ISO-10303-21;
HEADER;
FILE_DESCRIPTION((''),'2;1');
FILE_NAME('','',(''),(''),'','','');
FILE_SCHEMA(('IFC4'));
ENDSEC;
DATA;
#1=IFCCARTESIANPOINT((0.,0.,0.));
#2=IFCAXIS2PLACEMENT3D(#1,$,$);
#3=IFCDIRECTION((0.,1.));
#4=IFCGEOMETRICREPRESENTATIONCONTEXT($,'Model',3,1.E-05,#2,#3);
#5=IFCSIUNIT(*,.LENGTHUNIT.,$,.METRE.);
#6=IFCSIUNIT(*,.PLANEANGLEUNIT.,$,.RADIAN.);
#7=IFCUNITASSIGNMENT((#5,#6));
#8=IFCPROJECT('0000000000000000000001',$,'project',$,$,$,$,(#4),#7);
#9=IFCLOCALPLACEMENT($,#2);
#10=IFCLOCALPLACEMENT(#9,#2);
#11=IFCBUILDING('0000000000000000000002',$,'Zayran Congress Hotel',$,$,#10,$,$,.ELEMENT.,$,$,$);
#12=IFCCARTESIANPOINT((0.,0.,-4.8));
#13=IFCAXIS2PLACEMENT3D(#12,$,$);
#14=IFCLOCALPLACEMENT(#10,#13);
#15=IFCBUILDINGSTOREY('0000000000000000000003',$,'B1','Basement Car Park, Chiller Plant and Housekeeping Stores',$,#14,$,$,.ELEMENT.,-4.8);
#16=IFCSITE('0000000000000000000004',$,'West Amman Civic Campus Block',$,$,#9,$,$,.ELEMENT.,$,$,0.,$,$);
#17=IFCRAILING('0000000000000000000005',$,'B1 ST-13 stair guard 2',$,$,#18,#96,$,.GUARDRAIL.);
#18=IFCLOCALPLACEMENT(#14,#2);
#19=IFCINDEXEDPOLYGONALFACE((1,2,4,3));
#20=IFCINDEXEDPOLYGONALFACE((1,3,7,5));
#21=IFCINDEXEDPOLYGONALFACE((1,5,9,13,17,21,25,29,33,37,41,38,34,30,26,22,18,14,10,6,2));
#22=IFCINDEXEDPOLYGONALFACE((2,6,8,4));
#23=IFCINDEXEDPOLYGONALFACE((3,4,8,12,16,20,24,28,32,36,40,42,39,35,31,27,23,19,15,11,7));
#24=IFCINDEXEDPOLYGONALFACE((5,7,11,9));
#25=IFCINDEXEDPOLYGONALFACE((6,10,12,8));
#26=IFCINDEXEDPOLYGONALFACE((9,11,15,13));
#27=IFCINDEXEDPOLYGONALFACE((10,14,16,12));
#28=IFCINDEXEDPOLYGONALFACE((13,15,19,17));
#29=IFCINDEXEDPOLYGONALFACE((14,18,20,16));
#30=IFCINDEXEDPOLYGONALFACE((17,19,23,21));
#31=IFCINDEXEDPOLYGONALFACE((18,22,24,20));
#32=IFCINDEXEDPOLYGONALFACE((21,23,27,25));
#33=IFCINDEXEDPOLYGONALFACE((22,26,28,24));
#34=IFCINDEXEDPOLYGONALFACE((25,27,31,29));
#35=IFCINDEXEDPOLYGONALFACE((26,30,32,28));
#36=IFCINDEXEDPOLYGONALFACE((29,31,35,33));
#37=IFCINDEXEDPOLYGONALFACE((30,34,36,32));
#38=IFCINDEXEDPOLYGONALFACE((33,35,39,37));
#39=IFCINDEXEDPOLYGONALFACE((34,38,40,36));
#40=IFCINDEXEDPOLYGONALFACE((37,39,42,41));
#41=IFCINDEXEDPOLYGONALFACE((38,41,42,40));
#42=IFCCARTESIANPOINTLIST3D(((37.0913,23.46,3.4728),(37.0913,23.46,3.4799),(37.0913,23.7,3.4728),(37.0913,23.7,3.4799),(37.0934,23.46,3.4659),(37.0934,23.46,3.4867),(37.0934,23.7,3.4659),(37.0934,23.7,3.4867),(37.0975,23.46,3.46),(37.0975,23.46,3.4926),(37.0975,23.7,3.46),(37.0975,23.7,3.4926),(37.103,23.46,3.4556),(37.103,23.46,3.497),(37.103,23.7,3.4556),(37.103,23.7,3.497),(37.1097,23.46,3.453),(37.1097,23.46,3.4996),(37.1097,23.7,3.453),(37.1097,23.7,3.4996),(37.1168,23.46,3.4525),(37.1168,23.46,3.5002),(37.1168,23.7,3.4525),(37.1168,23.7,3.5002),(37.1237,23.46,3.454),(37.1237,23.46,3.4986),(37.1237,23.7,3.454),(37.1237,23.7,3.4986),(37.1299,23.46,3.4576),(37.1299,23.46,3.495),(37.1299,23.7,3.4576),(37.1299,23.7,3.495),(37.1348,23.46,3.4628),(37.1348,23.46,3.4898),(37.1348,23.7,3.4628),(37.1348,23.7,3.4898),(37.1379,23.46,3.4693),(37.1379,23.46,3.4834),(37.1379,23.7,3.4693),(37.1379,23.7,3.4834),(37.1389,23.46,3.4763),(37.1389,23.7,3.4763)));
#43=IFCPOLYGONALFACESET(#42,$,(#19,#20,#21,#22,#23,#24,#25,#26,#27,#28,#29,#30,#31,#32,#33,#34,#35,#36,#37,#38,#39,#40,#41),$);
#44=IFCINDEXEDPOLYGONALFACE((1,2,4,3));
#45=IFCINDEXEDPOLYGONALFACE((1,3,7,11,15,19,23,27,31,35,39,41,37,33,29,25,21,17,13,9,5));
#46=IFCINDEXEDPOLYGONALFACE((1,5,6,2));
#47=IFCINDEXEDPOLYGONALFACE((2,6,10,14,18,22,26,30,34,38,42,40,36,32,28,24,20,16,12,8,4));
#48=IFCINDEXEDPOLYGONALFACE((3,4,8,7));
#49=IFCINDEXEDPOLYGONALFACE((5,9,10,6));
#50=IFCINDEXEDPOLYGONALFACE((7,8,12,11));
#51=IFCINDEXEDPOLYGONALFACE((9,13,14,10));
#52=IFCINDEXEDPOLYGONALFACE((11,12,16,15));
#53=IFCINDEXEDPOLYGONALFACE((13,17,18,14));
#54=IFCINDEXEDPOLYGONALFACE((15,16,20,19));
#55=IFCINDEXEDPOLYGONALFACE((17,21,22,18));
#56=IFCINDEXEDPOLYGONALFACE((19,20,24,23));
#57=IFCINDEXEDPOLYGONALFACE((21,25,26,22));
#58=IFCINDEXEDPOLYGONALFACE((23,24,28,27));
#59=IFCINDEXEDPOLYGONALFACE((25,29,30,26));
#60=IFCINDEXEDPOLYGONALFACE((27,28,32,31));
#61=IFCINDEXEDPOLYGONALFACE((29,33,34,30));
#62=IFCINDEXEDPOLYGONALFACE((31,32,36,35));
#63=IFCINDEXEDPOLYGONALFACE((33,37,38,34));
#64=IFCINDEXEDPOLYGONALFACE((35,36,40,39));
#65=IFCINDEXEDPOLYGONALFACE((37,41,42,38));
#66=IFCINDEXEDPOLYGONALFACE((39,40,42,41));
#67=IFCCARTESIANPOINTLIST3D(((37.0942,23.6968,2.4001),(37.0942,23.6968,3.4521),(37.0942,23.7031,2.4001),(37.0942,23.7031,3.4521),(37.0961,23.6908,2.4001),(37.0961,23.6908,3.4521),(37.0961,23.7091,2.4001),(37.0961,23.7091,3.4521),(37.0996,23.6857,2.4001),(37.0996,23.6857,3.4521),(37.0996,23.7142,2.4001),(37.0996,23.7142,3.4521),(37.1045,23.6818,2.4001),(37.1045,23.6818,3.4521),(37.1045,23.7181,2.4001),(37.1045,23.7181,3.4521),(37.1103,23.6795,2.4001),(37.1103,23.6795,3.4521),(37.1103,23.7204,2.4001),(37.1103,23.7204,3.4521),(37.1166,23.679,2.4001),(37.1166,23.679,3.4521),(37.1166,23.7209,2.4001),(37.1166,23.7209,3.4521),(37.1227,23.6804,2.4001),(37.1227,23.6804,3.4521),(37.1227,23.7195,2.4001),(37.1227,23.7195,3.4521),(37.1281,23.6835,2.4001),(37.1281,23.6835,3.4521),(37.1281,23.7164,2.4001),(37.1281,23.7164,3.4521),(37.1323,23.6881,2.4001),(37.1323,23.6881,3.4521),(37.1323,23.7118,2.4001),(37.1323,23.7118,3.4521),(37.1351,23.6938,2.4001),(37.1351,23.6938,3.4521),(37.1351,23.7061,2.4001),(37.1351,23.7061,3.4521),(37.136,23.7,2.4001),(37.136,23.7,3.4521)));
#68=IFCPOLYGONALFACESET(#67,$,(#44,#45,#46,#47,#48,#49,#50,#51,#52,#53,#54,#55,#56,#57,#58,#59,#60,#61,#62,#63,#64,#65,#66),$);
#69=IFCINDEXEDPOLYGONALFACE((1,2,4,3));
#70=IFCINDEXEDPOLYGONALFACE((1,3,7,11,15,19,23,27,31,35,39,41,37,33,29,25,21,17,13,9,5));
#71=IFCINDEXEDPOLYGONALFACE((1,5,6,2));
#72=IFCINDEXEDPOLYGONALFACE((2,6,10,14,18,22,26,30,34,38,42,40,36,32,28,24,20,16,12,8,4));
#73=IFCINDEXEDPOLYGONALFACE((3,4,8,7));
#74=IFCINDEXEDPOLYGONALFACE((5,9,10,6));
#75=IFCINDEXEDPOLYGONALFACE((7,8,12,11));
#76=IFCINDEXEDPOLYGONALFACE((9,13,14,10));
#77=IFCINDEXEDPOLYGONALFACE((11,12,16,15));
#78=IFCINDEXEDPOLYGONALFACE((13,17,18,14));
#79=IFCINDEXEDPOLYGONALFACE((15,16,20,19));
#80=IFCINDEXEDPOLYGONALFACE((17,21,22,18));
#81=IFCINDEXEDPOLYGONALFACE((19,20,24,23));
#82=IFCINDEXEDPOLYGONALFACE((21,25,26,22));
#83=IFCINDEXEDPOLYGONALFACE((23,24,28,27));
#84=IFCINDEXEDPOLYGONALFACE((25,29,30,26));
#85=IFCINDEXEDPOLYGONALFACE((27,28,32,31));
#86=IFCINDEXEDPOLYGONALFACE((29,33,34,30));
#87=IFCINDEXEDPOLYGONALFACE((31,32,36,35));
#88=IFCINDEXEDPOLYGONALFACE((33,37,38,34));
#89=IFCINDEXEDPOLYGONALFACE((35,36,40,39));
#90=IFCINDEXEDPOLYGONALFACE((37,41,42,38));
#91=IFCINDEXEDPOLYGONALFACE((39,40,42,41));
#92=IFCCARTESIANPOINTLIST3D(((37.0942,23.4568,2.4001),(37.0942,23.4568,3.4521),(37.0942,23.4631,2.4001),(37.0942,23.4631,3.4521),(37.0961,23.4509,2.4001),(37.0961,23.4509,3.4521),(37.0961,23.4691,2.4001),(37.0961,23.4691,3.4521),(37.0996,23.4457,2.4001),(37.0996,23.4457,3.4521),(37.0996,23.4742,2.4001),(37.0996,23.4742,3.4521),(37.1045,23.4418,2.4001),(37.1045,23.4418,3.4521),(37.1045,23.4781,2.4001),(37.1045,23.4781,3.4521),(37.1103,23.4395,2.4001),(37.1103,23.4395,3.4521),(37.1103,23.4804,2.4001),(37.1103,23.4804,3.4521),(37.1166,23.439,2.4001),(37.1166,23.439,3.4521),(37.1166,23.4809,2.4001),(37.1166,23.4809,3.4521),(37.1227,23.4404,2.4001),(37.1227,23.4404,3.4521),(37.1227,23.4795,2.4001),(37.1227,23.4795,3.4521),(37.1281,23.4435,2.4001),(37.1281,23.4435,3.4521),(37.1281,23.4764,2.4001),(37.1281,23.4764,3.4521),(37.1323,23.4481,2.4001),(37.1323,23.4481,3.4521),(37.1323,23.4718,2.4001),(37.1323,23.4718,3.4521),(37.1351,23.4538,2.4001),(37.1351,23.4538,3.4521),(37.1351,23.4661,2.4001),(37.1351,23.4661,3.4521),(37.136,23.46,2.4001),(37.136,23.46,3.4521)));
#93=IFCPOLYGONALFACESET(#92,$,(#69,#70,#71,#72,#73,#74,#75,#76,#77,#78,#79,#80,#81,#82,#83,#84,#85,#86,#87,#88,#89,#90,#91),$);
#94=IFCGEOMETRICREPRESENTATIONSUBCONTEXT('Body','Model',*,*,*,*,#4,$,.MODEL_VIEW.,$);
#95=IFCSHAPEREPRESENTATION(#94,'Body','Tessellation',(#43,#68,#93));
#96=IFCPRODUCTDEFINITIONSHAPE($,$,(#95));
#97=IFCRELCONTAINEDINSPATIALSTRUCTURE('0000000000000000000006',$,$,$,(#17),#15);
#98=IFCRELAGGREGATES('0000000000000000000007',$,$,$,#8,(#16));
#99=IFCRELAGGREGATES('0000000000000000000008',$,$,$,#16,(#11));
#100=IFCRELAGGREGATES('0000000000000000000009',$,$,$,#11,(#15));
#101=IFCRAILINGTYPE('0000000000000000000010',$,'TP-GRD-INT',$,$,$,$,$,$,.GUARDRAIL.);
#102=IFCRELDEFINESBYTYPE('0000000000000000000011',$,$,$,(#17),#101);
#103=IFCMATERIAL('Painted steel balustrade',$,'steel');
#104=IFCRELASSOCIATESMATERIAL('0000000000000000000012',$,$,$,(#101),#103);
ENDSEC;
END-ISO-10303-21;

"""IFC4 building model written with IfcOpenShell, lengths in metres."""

from ifc_helpers import new_model, si_unit, direction, frame, origin, origin_2d, place, context, subcontext, project, spatial, circle, extrude, material, type_object, element, save


model = new_model("IFC4")

# Units and contexts
model_context = context("Model", 3, precision=1e-05, world=origin(), true_north=direction((0.0, 1.0)))
body_context = subcontext(model_context, "Body", "Model", "MODEL_VIEW")
ifc_project = project(units=[si_unit("LENGTHUNIT", "METRE"), si_unit("PLANEANGLEUNIT", "RADIAN")], contexts=[model_context])

# Site, building, storey
site_placement = place(None, origin())
site = spatial("IfcSite", under=ifc_project, at=site_placement, Name="West Amman Civic Campus Block", CompositionType="ELEMENT", RefElevation=0.0)
building_placement = place(site_placement, origin())
building = spatial("IfcBuilding", under=site, at=building_placement, Name="Zayran Congress Hotel", CompositionType="ELEMENT")
storey_placement = place(building_placement, frame((0.0, 0.0, -4.8)))
storey = spatial("IfcBuildingStorey", under=building, at=storey_placement, Name="B1", Description="Basement Car Park, Chiller Plant and Housekeeping Stores", CompositionType="ELEMENT", Elevation=-4.8)

# Railing
ifc_material_1 = material(Name="Painted steel balustrade", Category="steel")
railing_type_1 = type_object("IfcRailingType", Name="TP-GRD-INT", PredefinedType="GUARDRAIL", material=ifc_material_1)
railing_1_placement = place(storey_placement, frame((37.115, 23.7, 2.4001)))
element("IfcRailing", 1, at=railing_1_placement, inside=storey, type_object=railing_type_1, Name="B1 ST-13 stair guard 2", PredefinedType="GUARDRAIL", context=body_context, shape_type="SweptSolid", body=[
    extrude(circle(Radius=0.0239, at=origin_2d()), frame((0.0, 0.0, 1.0762), z_axis=(0.0, -1.0, 0.0), x_axis=(1.0, 0.0, 0.0)), (0.0, 0.0, 1.0), 0.24),
    extrude(circle(Radius=0.021, at=origin_2d()), origin(), (0.0, 0.0, 1.0), 1.052),
    extrude(circle(Radius=0.021, at=origin_2d()), frame((0.0, -0.24, 0.0)), (0.0, 0.0, 1.0), 1.052),
])

save(model, "model.ifc")
